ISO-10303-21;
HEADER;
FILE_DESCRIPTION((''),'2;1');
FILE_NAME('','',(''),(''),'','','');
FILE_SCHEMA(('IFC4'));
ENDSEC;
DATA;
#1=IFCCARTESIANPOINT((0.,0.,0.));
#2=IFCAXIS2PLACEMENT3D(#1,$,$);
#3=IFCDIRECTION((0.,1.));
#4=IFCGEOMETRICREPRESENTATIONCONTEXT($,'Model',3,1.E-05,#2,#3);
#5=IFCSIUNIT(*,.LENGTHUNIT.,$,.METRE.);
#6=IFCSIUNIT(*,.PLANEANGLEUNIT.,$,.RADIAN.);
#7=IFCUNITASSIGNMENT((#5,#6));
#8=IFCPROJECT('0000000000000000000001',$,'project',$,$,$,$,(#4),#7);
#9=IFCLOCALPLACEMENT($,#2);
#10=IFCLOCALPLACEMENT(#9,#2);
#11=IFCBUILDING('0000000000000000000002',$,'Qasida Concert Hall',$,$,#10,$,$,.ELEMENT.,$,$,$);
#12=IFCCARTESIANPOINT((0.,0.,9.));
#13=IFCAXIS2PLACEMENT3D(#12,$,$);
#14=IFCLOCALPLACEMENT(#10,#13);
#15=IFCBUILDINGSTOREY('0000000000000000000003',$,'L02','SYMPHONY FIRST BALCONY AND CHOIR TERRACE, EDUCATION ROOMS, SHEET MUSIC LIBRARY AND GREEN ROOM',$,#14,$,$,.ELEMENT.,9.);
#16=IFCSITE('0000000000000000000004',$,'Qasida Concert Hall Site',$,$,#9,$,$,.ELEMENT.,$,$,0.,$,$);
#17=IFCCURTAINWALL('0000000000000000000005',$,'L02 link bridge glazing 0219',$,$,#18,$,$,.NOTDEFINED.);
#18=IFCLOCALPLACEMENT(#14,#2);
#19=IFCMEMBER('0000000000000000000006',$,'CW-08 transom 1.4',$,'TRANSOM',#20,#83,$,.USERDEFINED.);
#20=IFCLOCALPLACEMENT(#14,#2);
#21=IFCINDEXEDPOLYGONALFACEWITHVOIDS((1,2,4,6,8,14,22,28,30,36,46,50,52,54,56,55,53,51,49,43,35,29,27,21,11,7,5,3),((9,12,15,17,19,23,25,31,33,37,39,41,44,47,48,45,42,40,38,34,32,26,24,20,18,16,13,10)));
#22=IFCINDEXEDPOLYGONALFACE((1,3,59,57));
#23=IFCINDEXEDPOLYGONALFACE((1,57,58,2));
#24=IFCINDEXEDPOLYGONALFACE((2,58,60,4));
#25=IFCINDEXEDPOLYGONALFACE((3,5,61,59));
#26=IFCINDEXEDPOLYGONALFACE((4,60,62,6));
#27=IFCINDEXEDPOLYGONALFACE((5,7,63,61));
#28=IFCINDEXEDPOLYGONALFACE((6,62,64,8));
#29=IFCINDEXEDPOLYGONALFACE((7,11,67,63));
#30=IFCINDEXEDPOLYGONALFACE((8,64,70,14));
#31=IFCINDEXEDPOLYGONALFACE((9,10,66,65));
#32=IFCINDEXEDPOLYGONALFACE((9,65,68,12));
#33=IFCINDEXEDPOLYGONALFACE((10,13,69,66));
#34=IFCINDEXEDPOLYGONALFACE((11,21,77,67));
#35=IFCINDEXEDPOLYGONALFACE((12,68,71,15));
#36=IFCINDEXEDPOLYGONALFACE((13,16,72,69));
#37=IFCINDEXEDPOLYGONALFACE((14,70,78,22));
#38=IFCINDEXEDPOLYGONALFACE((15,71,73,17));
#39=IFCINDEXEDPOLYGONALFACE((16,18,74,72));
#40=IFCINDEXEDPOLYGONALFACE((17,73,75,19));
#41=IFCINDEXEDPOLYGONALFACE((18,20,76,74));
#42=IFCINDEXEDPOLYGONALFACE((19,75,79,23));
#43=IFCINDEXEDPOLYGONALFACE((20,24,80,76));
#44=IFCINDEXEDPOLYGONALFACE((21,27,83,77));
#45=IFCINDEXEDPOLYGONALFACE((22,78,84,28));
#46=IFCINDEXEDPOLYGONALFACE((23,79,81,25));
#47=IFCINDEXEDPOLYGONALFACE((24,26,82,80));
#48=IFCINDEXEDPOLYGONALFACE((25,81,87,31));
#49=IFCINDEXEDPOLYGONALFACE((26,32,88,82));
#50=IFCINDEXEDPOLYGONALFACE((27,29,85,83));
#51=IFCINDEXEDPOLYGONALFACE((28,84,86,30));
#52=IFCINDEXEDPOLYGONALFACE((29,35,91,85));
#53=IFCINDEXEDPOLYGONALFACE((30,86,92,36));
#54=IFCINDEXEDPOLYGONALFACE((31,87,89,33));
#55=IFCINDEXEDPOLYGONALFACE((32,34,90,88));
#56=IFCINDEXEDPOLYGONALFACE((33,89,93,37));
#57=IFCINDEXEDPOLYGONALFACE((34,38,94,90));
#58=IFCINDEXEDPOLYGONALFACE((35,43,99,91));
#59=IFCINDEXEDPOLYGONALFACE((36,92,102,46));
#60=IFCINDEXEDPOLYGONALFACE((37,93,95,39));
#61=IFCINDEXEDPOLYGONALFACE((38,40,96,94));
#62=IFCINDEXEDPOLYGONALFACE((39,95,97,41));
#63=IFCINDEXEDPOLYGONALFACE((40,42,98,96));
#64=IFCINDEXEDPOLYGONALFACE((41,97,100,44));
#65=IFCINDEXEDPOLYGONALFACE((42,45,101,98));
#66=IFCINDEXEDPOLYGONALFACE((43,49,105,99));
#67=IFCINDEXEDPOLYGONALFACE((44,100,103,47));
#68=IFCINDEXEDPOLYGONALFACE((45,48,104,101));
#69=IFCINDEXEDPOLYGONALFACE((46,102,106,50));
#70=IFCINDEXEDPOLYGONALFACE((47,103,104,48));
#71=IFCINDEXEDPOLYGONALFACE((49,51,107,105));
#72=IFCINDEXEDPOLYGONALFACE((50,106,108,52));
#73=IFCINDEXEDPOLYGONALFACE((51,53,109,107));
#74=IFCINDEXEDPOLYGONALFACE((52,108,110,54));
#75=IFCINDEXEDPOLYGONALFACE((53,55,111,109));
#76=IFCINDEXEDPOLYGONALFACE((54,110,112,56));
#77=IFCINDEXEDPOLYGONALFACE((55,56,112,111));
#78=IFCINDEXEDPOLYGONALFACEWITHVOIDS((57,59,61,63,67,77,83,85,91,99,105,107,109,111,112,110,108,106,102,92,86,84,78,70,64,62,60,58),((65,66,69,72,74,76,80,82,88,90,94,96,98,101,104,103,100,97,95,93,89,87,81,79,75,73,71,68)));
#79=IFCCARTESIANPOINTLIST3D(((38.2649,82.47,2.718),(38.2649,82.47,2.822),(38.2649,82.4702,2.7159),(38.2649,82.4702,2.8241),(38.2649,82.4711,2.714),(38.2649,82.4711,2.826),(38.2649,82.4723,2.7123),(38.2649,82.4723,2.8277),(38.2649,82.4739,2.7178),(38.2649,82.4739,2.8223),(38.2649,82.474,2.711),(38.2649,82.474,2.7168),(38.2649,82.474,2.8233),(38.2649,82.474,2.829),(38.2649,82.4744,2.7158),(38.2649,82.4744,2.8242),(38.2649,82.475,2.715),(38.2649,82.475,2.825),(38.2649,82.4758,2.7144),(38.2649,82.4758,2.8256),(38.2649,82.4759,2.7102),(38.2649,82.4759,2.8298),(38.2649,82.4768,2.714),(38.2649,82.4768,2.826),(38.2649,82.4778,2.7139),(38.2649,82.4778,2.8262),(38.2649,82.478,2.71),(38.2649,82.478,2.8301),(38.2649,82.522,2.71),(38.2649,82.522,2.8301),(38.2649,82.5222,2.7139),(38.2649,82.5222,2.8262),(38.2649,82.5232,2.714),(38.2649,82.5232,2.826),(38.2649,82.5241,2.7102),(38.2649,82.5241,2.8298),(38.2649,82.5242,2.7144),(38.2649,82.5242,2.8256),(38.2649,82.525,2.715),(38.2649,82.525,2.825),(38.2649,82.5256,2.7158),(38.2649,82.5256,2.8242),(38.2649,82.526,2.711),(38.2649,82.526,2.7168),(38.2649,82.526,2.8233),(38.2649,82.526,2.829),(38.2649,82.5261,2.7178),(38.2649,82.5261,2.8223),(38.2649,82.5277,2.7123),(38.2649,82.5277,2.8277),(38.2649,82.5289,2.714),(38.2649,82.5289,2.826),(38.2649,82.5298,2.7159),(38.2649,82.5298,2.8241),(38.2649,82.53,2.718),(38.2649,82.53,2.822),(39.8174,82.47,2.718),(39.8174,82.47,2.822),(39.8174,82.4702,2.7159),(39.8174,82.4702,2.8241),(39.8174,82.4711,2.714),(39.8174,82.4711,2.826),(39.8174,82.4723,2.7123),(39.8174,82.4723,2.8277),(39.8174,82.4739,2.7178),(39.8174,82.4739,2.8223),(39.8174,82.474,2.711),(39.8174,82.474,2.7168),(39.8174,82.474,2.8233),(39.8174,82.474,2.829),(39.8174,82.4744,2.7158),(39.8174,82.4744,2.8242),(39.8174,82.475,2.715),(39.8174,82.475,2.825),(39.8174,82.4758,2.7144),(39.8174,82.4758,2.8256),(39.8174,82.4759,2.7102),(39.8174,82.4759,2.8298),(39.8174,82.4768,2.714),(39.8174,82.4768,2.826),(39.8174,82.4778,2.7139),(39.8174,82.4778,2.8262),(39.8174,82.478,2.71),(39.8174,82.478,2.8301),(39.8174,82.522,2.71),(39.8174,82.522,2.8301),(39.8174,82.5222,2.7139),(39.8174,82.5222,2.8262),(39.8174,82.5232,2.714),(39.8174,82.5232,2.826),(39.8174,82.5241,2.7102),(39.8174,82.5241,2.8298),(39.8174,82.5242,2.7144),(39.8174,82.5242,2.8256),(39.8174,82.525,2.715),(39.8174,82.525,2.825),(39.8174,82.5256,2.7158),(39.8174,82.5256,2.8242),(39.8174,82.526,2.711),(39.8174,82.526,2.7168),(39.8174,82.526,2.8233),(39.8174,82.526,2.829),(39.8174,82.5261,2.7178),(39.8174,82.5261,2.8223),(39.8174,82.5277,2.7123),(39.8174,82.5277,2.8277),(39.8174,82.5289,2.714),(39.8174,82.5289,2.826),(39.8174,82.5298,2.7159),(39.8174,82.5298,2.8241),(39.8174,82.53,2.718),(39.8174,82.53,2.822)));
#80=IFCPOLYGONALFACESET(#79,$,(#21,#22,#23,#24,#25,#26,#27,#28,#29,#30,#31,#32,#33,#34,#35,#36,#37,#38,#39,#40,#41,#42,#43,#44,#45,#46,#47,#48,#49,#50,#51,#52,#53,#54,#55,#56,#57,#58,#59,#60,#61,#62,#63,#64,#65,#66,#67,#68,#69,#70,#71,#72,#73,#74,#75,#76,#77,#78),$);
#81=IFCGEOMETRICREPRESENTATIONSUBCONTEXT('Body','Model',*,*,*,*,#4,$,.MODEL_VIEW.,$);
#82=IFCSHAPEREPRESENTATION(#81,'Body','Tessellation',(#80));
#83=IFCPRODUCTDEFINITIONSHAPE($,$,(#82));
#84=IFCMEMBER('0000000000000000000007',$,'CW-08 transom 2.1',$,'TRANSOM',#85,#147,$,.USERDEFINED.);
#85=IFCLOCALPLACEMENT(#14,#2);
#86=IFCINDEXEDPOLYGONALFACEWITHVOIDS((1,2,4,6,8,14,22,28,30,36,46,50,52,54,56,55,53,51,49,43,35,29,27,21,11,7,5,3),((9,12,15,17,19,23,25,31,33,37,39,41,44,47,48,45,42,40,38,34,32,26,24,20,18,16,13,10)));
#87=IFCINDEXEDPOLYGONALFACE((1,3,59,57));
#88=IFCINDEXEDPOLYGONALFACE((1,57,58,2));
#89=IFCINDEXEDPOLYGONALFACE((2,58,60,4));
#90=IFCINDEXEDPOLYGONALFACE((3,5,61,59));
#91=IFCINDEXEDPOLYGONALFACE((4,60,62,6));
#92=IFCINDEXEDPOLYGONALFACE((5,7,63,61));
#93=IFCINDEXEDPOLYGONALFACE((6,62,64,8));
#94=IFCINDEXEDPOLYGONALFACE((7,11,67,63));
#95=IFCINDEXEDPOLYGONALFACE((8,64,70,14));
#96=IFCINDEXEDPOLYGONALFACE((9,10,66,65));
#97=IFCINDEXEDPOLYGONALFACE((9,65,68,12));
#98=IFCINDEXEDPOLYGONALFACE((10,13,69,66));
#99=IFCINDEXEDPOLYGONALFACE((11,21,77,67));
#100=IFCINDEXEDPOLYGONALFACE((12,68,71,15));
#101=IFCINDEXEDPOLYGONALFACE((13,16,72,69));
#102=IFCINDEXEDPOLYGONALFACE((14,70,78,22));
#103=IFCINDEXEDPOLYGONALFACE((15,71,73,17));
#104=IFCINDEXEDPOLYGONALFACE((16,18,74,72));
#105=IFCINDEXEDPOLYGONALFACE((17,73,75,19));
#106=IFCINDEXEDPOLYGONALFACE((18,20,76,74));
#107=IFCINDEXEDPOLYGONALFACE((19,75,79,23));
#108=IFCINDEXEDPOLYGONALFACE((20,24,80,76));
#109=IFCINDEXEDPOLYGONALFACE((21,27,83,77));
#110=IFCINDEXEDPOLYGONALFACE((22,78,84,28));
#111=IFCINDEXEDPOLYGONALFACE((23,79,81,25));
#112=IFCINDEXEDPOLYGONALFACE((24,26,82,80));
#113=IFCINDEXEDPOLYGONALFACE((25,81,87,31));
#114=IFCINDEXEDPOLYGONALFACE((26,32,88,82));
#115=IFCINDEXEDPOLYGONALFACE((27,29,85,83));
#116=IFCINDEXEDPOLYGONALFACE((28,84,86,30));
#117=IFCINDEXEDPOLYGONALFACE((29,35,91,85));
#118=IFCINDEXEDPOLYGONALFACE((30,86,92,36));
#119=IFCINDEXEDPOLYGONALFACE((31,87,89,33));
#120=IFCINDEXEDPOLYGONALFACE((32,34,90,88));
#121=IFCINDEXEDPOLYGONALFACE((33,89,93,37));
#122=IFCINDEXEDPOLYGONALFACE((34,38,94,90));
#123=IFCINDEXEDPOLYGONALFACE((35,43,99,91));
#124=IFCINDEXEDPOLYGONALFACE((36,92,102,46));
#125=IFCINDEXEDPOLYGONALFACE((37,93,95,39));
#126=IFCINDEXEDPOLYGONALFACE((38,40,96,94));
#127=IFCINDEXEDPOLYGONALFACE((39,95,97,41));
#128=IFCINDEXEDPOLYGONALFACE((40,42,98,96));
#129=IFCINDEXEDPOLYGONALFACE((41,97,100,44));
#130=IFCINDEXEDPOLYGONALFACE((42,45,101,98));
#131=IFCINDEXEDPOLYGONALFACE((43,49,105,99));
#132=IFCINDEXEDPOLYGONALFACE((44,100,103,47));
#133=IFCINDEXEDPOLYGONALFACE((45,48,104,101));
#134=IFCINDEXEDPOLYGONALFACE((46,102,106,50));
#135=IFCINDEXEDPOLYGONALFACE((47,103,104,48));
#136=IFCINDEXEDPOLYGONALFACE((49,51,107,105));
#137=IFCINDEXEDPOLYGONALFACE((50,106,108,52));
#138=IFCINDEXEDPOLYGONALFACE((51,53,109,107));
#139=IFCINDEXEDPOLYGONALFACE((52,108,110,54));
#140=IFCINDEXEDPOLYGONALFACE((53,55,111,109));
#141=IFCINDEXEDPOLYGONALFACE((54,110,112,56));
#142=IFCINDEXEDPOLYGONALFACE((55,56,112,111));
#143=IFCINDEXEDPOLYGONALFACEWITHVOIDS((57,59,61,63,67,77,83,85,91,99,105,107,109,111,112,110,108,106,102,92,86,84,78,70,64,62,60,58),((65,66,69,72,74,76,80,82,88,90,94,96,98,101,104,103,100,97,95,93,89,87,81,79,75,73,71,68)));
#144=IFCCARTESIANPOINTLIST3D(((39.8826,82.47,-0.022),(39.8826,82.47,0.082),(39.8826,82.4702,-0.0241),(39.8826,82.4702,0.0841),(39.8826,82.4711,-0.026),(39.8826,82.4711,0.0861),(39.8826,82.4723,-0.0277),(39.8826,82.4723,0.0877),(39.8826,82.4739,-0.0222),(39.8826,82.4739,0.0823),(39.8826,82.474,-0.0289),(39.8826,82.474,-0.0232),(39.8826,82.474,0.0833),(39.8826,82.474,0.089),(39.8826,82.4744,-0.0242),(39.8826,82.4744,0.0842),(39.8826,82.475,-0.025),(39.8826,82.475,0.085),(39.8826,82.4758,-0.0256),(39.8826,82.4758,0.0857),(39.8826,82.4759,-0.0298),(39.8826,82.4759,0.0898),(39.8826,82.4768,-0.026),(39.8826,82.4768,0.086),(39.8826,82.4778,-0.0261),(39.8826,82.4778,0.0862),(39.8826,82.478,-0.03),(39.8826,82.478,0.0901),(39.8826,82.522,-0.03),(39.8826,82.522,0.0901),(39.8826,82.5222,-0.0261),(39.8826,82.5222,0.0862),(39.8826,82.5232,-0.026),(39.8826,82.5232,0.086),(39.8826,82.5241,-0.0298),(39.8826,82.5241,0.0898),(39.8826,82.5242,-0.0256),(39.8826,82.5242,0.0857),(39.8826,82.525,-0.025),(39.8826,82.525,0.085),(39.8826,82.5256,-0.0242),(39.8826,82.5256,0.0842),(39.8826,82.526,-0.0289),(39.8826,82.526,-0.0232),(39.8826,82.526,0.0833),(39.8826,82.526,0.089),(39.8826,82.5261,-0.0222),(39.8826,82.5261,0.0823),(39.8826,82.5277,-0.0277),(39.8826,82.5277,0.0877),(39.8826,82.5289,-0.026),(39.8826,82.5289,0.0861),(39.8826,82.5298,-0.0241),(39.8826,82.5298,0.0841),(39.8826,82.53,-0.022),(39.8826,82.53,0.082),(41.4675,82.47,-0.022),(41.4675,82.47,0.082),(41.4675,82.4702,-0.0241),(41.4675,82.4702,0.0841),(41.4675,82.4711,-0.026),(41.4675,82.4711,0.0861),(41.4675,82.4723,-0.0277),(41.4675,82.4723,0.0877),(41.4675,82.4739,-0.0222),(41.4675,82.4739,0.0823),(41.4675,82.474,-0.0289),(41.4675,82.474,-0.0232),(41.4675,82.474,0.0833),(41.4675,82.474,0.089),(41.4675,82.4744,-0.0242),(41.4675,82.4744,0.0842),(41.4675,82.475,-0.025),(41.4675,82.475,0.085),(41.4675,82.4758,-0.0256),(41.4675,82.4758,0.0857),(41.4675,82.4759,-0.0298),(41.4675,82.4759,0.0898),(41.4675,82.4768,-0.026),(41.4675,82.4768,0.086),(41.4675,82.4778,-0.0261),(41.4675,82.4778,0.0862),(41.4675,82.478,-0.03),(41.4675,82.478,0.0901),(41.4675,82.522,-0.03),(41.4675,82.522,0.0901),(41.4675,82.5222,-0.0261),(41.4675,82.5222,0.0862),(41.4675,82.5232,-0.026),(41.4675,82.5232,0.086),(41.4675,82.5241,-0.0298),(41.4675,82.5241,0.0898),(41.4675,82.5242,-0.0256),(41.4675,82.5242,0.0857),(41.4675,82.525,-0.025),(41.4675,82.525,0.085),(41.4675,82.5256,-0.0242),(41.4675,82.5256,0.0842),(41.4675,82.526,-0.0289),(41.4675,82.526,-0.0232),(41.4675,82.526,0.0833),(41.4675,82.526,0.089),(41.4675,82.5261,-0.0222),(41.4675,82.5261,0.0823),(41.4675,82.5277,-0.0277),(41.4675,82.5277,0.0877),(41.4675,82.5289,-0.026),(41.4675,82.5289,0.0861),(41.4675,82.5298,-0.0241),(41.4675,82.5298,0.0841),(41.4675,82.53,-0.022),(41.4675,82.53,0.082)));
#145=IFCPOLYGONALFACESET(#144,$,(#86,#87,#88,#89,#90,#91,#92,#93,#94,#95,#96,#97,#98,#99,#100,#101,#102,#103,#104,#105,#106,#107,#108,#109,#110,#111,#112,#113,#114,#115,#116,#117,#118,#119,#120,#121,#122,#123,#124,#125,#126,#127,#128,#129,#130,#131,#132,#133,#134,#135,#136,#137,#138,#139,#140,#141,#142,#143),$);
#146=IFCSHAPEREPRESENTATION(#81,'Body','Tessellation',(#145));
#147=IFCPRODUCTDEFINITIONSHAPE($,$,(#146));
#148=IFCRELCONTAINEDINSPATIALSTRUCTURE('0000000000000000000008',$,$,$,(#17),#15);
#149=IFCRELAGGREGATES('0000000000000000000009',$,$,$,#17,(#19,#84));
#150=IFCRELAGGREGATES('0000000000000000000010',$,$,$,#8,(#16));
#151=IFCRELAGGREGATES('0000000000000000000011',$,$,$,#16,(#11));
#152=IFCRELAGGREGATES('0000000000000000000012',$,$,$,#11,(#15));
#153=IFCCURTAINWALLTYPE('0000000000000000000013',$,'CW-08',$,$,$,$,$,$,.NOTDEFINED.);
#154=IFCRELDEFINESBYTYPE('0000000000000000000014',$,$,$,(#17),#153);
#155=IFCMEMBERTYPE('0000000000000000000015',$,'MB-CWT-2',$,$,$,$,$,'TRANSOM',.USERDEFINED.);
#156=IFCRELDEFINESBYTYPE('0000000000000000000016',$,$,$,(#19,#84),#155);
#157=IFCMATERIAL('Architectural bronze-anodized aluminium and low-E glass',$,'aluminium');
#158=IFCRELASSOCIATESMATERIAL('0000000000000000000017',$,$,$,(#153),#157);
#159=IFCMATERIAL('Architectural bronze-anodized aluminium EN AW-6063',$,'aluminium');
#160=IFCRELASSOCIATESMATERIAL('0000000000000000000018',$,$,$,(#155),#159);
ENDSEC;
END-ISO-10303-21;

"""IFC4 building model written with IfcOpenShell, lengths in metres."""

from ifc_helpers import new_model, si_unit, direction, frame, origin, origin_2d, place, context, subcontext, project, spatial, hollow_rectangle, extrude, material, material_profile, profile_set, type_object, element, aggregate, save


model = new_model("IFC4")

# Units and contexts
model_context = context("Model", 3, precision=1e-05, world=origin(), true_north=direction((0.0, 1.0)))
body_context = subcontext(model_context, "Body", "Model", "MODEL_VIEW")
ifc_project = project(units=[si_unit("LENGTHUNIT", "METRE"), si_unit("PLANEANGLEUNIT", "RADIAN")], contexts=[model_context])

# Site, building, storey
site_placement = place(None, origin())
site = spatial("IfcSite", under=ifc_project, at=site_placement, Name="Qasida Concert Hall Site", CompositionType="ELEMENT", RefElevation=0.0)
building_placement = place(site_placement, origin())
building = spatial("IfcBuilding", under=site, at=building_placement, Name="Qasida Concert Hall", CompositionType="ELEMENT")
storey_placement = place(building_placement, frame((0.0, 0.0, 9.0)))
storey = spatial("IfcBuildingStorey", under=building, at=storey_placement, Name="L02", Description="SYMPHONY FIRST BALCONY AND CHOIR TERRACE, EDUCATION ROOMS, SHEET MUSIC LIBRARY AND GREEN ROOM", CompositionType="ELEMENT", Elevation=9.0)

# Curtain wall, members
ifc_material_1 = material(Name="Architectural bronze-anodized aluminium and low-E glass", Category="aluminium")
curtain_wall_type = type_object("IfcCurtainWallType", Name="CW-08", PredefinedType="NOTDEFINED", material=ifc_material_1)
curtain_wall_placement = place(storey_placement, origin())
curtain_wall = element("IfcCurtainWall", 1, at=curtain_wall_placement, inside=storey, type_object=curtain_wall_type, Name="L02 link bridge glazing 0219", PredefinedType="NOTDEFINED")
ifc_material_2 = material(Name="Architectural bronze-anodized aluminium EN AW-6063", Category="aluminium")
ifc_material_profile_1 = material_profile(ifc_material_2, hollow_rectangle(XDim=0.0601, YDim=0.1201, WallThickness=0.0039, InnerFilletRadius=0.0039, OuterFilletRadius=0.0081, at=origin_2d()), Name="CWT 120x60x4")
ifc_profile_set_1 = profile_set([ifc_material_profile_1], Name="Architectural bronze-anodized aluminium EN AW-6063")
member_type_1 = type_object("IfcMemberType", Name="MB-CWT-2", ElementType="TRANSOM", PredefinedType="USERDEFINED", material=ifc_profile_set_1)
member_1_placement = place(storey_placement, frame((38.2649, 82.5, 2.77), z_axis=(1.0, 0.0, 0.0), x_axis=(0.0, 1.0, 0.0)))
member_1 = element("IfcMember", 2, at=member_1_placement, type_object=member_type_1, Name="CW-08 transom 1.4", ObjectType="TRANSOM", PredefinedType="USERDEFINED", context=body_context, shape_type="SweptSolid", body=[
    extrude(hollow_rectangle(XDim=0.0601, YDim=0.1201, WallThickness=0.0039, InnerFilletRadius=0.0039, OuterFilletRadius=0.0081, at=origin_2d()), origin(), (0.0, 0.0, 1.0), 1.5525),
])
member_2_placement = place(storey_placement, frame((39.8826, 82.5, 0.03), z_axis=(1.0, 0.0, 0.0), x_axis=(0.0, 1.0, 0.0)))
member_2 = element("IfcMember", 3, at=member_2_placement, type_object=member_type_1, Name="CW-08 transom 2.1", ObjectType="TRANSOM", PredefinedType="USERDEFINED", context=body_context, shape_type="SweptSolid", body=[
    extrude(hollow_rectangle(XDim=0.0601, YDim=0.1201, WallThickness=0.0039, InnerFilletRadius=0.0039, OuterFilletRadius=0.0081, at=origin_2d()), origin(), (0.0, 0.0, 1.0), 1.585),
])
aggregate(curtain_wall, [member_1, member_2])

save(model, "model.ifc")
